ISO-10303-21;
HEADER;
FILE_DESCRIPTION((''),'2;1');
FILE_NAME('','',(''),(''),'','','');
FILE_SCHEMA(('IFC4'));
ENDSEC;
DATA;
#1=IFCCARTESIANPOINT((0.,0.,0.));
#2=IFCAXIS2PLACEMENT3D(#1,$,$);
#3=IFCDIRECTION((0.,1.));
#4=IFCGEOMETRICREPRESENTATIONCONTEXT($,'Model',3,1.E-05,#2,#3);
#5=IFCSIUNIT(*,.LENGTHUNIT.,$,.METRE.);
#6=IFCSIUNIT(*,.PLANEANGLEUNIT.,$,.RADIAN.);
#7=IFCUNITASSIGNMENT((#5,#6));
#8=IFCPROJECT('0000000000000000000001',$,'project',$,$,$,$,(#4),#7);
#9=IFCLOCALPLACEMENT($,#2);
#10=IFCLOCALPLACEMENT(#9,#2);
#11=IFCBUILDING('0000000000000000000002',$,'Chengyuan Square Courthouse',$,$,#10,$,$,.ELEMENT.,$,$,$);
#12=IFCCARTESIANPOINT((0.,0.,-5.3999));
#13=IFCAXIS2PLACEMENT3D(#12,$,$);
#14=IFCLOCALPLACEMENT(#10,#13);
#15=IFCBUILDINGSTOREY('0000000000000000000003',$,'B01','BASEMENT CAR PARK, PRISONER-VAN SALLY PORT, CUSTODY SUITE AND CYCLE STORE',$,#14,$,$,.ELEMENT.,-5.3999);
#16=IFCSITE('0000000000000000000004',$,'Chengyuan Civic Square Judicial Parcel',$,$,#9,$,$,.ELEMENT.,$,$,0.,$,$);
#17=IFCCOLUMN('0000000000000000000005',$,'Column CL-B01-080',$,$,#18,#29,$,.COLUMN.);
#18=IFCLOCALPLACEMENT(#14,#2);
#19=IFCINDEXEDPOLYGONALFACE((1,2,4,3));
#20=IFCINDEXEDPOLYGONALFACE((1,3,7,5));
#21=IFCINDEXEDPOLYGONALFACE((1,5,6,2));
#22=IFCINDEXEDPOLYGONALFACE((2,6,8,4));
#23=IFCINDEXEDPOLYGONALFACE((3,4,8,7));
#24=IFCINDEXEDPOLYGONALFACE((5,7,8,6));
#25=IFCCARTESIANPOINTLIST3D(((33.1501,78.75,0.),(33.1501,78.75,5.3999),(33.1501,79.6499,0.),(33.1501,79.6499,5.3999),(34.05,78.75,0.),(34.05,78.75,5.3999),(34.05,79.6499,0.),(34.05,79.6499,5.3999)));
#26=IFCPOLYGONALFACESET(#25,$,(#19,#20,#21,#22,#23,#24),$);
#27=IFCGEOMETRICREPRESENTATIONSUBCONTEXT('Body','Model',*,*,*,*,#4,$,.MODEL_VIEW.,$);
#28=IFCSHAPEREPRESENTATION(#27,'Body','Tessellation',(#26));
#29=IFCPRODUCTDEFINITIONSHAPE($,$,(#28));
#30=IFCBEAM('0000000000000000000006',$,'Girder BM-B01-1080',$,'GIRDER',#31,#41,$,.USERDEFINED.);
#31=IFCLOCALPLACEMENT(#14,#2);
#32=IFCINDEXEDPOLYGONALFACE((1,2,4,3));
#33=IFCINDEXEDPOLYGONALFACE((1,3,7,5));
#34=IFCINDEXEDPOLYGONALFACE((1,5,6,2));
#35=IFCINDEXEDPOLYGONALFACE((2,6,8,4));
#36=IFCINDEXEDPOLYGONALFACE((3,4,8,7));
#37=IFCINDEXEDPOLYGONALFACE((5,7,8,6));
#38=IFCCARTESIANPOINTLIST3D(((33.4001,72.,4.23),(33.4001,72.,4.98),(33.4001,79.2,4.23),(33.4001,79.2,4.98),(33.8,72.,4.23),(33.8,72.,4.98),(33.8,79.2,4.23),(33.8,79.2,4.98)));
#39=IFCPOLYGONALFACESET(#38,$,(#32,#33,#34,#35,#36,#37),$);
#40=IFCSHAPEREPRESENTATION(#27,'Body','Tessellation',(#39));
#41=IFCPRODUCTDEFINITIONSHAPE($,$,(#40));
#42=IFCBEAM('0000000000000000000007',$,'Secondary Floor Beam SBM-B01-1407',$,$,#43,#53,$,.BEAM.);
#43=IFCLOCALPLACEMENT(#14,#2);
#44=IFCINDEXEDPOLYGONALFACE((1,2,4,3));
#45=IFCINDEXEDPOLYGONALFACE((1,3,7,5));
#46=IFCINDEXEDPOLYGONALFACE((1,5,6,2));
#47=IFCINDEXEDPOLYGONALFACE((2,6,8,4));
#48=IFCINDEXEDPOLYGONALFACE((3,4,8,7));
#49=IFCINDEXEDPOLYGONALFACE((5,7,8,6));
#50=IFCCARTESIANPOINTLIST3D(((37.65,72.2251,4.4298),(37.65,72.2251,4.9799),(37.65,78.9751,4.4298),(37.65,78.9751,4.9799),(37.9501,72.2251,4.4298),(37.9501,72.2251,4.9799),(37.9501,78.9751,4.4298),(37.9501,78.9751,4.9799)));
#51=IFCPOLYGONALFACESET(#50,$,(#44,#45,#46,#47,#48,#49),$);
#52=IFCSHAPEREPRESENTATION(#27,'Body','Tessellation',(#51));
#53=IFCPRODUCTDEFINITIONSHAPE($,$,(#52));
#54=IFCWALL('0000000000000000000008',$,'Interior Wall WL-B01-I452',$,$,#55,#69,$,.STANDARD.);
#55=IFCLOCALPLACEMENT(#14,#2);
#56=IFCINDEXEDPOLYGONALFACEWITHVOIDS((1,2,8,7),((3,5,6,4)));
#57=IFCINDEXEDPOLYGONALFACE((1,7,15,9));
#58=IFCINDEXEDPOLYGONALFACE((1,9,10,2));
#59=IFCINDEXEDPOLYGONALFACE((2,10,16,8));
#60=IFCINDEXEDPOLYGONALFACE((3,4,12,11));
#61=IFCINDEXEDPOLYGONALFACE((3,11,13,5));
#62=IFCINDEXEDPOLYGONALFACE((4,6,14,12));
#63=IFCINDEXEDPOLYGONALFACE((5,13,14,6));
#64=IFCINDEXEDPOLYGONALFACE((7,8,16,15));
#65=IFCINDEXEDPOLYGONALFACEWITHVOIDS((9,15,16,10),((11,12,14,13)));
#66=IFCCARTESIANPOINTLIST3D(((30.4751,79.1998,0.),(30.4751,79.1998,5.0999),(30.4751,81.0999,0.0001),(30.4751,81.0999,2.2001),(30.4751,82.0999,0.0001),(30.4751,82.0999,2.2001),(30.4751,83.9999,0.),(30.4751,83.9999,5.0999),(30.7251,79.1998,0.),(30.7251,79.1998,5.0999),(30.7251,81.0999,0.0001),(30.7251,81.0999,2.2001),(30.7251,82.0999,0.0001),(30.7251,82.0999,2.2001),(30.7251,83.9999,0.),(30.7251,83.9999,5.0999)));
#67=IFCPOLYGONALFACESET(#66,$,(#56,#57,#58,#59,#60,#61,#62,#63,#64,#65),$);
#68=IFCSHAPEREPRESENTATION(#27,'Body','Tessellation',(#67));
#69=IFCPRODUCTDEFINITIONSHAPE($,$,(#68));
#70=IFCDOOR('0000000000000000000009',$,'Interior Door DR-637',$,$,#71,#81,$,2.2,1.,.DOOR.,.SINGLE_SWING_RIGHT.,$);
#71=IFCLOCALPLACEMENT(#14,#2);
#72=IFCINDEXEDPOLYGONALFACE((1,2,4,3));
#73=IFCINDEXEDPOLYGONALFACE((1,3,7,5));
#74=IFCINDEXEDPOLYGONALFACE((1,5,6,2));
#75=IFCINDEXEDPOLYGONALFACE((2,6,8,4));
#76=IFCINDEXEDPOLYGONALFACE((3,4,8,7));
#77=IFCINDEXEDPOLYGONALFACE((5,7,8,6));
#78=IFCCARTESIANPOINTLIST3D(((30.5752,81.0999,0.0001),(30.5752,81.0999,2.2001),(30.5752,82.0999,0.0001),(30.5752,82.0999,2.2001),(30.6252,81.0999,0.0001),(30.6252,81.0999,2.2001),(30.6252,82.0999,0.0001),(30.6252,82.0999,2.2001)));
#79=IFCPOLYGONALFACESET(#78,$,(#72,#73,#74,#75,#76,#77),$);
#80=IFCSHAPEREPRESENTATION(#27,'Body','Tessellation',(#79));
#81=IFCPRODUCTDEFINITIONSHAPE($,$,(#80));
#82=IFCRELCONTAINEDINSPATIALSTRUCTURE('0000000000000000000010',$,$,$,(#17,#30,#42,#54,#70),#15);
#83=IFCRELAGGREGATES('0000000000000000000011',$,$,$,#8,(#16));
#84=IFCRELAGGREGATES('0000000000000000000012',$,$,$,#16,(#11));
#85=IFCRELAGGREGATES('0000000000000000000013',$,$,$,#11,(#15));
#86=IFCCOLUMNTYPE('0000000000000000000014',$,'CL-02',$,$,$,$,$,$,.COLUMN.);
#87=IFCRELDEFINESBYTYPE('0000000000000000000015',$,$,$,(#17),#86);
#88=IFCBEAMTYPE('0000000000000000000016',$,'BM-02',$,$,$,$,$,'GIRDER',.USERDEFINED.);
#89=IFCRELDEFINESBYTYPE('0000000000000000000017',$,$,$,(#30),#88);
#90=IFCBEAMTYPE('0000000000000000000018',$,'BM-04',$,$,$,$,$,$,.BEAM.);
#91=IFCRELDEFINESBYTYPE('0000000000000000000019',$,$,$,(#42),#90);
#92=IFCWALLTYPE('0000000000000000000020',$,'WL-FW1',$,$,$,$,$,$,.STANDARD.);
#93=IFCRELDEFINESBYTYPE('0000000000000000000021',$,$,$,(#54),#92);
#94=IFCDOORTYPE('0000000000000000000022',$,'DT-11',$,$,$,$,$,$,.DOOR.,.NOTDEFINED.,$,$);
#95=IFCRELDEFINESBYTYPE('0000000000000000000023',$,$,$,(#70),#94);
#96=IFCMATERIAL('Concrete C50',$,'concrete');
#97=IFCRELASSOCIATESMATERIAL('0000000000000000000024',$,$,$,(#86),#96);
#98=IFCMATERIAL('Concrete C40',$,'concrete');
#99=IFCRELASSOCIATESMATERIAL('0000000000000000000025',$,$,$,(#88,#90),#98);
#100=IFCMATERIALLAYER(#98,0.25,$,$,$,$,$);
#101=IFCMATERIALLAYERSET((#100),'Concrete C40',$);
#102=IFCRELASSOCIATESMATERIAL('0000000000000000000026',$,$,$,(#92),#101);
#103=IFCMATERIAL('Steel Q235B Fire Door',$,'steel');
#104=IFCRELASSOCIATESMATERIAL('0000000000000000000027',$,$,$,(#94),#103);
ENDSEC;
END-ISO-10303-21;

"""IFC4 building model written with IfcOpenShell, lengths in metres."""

from ifc_helpers import new_model, si_unit, direction, frame, frame_2d, origin, origin_2d, place, context, subcontext, project, spatial, rectangle, extrude, material, layer, layer_set, material_profile, profile_set, type_object, element, fill, save


model = new_model("IFC4")

# Units and contexts
model_context = context("Model", 3, precision=1e-05, world=origin(), true_north=direction((0.0, 1.0)))
body_context = subcontext(model_context, "Body", "Model", "MODEL_VIEW")
ifc_project = project(units=[si_unit("LENGTHUNIT", "METRE"), si_unit("PLANEANGLEUNIT", "RADIAN")], contexts=[model_context])

# Site, building, storey
site_placement = place(None, origin())
site = spatial("IfcSite", under=ifc_project, at=site_placement, Name="Chengyuan Civic Square Judicial Parcel", CompositionType="ELEMENT", RefElevation=0.0)
building_placement = place(site_placement, origin())
building = spatial("IfcBuilding", under=site, at=building_placement, Name="Chengyuan Square Courthouse", CompositionType="ELEMENT")
storey_placement = place(building_placement, frame((0.0, 0.0, -5.3999)))
storey = spatial("IfcBuildingStorey", under=building, at=storey_placement, Name="B01", Description="BASEMENT CAR PARK, PRISONER-VAN SALLY PORT, CUSTODY SUITE AND CYCLE STORE", CompositionType="ELEMENT", Elevation=-5.3999)

# Column
ifc_material_1 = material(Name="Concrete C50", Category="concrete")
ifc_material_profile_1 = material_profile(ifc_material_1, rectangle(XDim=0.8999, YDim=0.8999, at=origin_2d()), Name="RC-COL-900x900")
ifc_profile_set_1 = profile_set([ifc_material_profile_1], Name="Concrete C50")
column_type = type_object("IfcColumnType", Name="CL-02", PredefinedType="COLUMN", material=ifc_profile_set_1)
column_placement = place(storey_placement, frame((33.6001, 79.2, 0.0), z_axis=(0.0, 0.0, 1.0), x_axis=(1.0, 0.0, 0.0)))
element("IfcColumn", 1, at=column_placement, inside=storey, type_object=column_type, Name="Column CL-B01-080", PredefinedType="COLUMN", context=body_context, shape_type="SweptSolid", body=[
    extrude(rectangle(XDim=0.8999, YDim=0.8999, at=origin_2d()), origin(), (0.0, 0.0, 1.0), 5.3999),
])

# Beams
ifc_material_2 = material(Name="Concrete C40", Category="concrete")
ifc_material_profile_2 = material_profile(ifc_material_2, rectangle(XDim=0.3999, YDim=0.75, at=origin_2d()), Name="RC-BM-400x750")
ifc_profile_set_2 = profile_set([ifc_material_profile_2], Name="Concrete C40")
beam_type_1 = type_object("IfcBeamType", Name="BM-02", ElementType="GIRDER", PredefinedType="USERDEFINED", material=ifc_profile_set_2)
beam_1_placement = place(storey_placement, frame((33.6001, 72.0, 4.605), z_axis=(0.0, 1.0, 0.0), x_axis=(-1.0, 0.0, 0.0)))
element("IfcBeam", 2, at=beam_1_placement, inside=storey, type_object=beam_type_1, Name="Girder BM-B01-1080", ObjectType="GIRDER", PredefinedType="USERDEFINED", context=body_context, shape_type="SweptSolid", body=[
    extrude(rectangle(XDim=0.3999, YDim=0.75, at=origin_2d()), origin(), (0.0, 0.0, 1.0), 7.2),
])
ifc_material_profile_3 = material_profile(ifc_material_2, rectangle(XDim=0.3, YDim=0.55, at=origin_2d()), Name="RC-BM-300x550")
ifc_profile_set_3 = profile_set([ifc_material_profile_3], Name="Concrete C40")
beam_type_2 = type_object("IfcBeamType", Name="BM-04", PredefinedType="BEAM", material=ifc_profile_set_3)
beam_2_placement = place(storey_placement, frame((37.8, 72.2251, 4.7048), z_axis=(0.0, 1.0, 0.0), x_axis=(-1.0, 0.0, 0.0)))
element("IfcBeam", 3, at=beam_2_placement, inside=storey, type_object=beam_type_2, Name="Secondary Floor Beam SBM-B01-1407", PredefinedType="BEAM", context=body_context, shape_type="SweptSolid", body=[
    extrude(rectangle(XDim=0.3, YDim=0.55, at=origin_2d()), origin(), (0.0, 0.0, 1.0), 6.75),
])

# Wall, opening, door
ifc_layer = layer(ifc_material_2, 0.25)
ifc_layer_set = layer_set([ifc_layer], Name="Concrete C40")
wall_type = type_object("IfcWallType", Name="WL-FW1", PredefinedType="STANDARD", material=ifc_layer_set)
wall_placement = place(storey_placement, frame((30.6001, 79.2, 0.0), z_axis=(0.0, 0.0, 1.0), x_axis=(0.0, 1.0, 0.0)))
wall = element("IfcWall", 4, at=wall_placement, inside=storey, type_object=wall_type, Name="Interior Wall WL-B01-I452", PredefinedType="STANDARD", context=body_context, shape_type="SweptSolid", body=[
    extrude(rectangle(XDim=4.8, YDim=0.25, at=frame_2d((2.3999, 0.0))), origin(), (0.0, 0.0, 1.0), 5.0999),
])
opening_placement = place(wall_placement, frame((1.8999, 0.0, 0.0)))
opening = element("IfcOpeningElement", 5, at=opening_placement, cuts=wall, PredefinedType="OPENING", context=body_context, shape_type="SweptSolid", body=[
    extrude(rectangle(XDim=1.0, YDim=2.2, at=frame_2d((0.5, 1.1001))), frame((0.0, 0.137, 0.0), z_axis=(0.0, -1.0, 0.0), x_axis=(1.0, 0.0, 0.0)), (0.0, 0.0, 1.0), 0.2739),
])
ifc_material_3 = material(Name="Steel Q235B Fire Door", Category="steel")
door_type = type_object("IfcDoorType", Name="DT-11", OperationType="NOTDEFINED", PredefinedType="DOOR", material=ifc_material_3)
door_placement = place(opening_placement, origin())
door = element("IfcDoor", 6, at=door_placement, inside=storey, type_object=door_type, Name="Interior Door DR-637", OperationType="SINGLE_SWING_RIGHT", OverallHeight=2.2, OverallWidth=1.0, PredefinedType="DOOR", context=body_context, shape_type="SweptSolid", body=[
    extrude(rectangle(XDim=1.0, YDim=2.2, at=frame_2d((0.5, 1.1001))), frame((0.0, 0.0249, 0.0), z_axis=(0.0, -1.0, 0.0), x_axis=(1.0, 0.0, 0.0)), (0.0, 0.0, 1.0), 0.05),
])
fill(opening, door)

save(model, "model.ifc")
